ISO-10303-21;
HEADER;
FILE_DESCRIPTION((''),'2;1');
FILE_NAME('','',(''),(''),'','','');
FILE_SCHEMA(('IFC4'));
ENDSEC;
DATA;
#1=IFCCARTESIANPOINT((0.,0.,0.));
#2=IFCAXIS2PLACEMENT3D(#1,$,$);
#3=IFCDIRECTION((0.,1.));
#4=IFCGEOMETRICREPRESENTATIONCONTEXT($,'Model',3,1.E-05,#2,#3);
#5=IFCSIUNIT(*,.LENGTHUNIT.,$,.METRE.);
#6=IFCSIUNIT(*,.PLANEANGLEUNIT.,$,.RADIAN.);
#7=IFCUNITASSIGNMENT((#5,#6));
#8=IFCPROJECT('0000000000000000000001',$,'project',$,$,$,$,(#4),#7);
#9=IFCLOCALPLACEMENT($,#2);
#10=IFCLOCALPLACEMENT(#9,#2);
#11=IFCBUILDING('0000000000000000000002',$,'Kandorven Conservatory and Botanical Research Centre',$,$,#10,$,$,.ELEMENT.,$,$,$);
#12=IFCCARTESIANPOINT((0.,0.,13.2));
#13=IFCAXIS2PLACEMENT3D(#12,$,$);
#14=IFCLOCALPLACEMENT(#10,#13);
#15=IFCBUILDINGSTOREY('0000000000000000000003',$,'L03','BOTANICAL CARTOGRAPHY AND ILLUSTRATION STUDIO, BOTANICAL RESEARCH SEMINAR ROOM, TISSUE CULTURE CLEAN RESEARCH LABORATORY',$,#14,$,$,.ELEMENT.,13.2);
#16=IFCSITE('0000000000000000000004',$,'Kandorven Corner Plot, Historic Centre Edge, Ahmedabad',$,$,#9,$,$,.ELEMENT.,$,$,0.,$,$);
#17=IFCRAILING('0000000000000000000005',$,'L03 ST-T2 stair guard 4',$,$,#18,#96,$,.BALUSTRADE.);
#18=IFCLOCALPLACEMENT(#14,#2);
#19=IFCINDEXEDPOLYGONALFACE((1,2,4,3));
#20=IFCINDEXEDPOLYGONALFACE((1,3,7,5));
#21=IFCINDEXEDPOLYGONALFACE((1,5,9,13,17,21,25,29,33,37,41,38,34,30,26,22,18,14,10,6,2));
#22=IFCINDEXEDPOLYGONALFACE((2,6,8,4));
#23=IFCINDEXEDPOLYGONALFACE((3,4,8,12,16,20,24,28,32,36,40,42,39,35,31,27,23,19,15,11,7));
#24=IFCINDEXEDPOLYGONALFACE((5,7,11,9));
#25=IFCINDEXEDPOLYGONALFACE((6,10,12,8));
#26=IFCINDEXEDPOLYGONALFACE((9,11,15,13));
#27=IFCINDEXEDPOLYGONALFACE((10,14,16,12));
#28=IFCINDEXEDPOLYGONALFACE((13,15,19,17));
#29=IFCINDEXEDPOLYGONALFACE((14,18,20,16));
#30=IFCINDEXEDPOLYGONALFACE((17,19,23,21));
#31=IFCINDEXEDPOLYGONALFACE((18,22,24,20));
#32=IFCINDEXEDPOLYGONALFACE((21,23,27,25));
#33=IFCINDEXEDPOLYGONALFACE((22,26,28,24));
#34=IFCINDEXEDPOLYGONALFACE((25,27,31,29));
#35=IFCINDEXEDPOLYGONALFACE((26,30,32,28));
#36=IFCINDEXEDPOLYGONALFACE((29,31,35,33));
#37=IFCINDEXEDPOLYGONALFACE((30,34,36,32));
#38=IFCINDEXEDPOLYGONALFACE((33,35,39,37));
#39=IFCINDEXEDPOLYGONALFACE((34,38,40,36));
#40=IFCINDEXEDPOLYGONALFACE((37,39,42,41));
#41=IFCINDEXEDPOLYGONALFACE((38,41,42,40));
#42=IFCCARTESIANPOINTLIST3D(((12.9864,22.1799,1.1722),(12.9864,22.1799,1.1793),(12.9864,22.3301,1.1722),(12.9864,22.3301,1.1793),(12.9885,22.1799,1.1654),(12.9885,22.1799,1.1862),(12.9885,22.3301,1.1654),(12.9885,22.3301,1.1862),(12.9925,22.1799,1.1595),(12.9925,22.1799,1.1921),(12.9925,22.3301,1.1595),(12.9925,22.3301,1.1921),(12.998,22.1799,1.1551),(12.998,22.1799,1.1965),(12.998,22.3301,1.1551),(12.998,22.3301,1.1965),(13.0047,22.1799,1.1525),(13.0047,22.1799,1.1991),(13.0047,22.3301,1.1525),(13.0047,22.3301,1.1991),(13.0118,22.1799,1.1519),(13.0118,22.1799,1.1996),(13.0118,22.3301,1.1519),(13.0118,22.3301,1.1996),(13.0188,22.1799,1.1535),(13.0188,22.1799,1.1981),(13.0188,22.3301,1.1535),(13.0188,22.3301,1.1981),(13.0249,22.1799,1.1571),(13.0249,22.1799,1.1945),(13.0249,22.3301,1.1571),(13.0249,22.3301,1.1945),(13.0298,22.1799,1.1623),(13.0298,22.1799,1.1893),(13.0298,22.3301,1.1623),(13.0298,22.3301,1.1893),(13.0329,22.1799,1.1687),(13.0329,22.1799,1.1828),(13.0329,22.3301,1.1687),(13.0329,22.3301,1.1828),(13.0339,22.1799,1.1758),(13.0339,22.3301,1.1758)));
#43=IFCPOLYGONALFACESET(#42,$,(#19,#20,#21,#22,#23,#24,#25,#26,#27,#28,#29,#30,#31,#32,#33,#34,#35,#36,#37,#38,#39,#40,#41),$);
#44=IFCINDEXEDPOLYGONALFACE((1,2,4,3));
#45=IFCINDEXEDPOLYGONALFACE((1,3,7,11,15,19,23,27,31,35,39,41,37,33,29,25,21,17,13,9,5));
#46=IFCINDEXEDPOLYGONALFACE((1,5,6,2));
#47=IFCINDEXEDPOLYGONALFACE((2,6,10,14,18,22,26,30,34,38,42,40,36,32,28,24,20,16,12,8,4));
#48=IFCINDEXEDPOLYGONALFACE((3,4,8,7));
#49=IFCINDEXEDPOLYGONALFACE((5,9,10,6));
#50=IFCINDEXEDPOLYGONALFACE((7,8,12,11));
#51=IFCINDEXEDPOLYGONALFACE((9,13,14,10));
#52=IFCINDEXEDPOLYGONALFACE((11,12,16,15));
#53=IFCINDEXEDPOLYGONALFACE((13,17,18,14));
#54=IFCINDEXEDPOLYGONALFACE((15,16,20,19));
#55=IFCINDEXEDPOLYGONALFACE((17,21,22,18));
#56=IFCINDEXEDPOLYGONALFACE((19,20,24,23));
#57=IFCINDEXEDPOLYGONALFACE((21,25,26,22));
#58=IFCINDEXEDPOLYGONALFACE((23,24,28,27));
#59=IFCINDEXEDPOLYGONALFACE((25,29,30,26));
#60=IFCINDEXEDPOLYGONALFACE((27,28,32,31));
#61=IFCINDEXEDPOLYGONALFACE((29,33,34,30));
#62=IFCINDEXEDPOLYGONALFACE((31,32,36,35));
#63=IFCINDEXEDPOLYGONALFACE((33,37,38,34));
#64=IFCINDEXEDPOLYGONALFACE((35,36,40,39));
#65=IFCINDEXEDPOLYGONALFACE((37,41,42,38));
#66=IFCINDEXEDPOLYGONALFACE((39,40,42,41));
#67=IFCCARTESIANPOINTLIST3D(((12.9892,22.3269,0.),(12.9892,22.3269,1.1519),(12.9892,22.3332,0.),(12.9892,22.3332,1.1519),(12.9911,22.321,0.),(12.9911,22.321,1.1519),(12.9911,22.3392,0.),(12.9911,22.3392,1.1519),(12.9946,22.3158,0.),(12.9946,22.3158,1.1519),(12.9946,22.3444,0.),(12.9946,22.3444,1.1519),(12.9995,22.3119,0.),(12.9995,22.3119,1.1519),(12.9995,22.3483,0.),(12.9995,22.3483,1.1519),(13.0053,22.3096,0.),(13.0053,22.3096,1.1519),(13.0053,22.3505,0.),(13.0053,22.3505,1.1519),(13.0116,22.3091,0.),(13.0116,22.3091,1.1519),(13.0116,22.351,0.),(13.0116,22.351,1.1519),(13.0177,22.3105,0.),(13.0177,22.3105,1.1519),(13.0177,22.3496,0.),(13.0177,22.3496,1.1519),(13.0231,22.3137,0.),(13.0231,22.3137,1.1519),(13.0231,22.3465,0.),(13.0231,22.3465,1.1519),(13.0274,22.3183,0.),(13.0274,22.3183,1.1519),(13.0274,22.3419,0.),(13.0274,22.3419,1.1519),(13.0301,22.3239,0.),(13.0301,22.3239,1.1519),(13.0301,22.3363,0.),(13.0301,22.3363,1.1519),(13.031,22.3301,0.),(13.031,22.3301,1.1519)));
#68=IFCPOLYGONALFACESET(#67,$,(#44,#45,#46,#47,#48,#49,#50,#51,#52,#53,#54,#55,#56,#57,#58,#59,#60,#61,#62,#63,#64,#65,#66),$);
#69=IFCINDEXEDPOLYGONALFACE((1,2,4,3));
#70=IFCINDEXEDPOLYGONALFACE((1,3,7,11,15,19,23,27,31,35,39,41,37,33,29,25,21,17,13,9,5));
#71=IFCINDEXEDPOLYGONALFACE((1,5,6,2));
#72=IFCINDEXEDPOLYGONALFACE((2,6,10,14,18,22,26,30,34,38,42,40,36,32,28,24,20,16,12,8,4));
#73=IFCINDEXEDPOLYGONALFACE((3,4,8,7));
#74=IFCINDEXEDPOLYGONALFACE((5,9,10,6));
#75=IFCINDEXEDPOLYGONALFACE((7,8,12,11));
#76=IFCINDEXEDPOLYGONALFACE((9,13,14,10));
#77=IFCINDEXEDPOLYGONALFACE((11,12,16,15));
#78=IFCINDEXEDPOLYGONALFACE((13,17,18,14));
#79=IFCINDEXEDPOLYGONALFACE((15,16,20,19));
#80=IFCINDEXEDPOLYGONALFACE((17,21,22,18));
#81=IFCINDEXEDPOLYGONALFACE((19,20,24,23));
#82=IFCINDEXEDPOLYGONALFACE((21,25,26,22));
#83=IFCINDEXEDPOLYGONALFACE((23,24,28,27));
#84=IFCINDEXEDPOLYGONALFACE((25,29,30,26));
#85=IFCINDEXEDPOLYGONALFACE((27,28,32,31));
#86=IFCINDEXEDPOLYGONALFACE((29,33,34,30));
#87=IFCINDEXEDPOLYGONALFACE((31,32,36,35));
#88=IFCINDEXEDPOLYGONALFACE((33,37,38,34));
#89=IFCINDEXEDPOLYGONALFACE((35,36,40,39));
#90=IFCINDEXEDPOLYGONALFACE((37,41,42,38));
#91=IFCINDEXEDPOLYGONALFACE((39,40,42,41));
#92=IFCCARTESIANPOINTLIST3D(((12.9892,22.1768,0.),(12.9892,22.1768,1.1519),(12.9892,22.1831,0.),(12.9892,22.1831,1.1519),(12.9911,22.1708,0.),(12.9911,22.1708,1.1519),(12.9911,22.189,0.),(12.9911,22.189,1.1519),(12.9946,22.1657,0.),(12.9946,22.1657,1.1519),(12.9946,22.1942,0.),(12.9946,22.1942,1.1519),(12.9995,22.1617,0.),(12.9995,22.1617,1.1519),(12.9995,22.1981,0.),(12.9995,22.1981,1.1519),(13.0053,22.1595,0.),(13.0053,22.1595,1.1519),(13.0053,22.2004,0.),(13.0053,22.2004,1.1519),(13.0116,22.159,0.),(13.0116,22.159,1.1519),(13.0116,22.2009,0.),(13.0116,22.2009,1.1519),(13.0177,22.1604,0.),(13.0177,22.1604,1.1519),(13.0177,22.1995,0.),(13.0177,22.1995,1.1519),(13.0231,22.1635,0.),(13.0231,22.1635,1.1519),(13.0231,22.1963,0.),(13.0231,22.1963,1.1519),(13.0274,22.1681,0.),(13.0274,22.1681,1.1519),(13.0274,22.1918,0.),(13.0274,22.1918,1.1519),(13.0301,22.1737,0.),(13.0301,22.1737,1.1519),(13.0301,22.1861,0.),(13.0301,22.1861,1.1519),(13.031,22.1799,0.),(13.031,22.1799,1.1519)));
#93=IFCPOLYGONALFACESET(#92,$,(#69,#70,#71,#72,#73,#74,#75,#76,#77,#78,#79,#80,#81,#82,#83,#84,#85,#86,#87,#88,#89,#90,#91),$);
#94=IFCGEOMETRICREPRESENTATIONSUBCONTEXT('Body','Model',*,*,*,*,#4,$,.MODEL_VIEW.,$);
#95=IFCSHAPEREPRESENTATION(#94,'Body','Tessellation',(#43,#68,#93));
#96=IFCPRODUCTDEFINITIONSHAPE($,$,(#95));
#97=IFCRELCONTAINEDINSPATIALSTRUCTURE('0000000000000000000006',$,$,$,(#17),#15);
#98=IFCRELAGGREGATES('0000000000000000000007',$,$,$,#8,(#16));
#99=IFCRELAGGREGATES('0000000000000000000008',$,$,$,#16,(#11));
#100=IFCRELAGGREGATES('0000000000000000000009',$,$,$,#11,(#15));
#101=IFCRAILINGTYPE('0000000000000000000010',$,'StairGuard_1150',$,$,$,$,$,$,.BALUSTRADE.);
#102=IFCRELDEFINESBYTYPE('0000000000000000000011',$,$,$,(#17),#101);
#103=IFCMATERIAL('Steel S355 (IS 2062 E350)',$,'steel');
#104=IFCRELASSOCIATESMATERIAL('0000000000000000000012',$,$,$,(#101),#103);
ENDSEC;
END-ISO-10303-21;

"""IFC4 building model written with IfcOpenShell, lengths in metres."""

from ifc_helpers import new_model, si_unit, direction, frame, origin, origin_2d, place, context, subcontext, project, spatial, circle, extrude, material, type_object, element, save


model = new_model("IFC4")

# Units and contexts
model_context = context("Model", 3, precision=1e-05, world=origin(), true_north=direction((0.0, 1.0)))
body_context = subcontext(model_context, "Body", "Model", "MODEL_VIEW")
ifc_project = project(units=[si_unit("LENGTHUNIT", "METRE"), si_unit("PLANEANGLEUNIT", "RADIAN")], contexts=[model_context])

# Site, building, storey
site_placement = place(None, origin())
site = spatial("IfcSite", under=ifc_project, at=site_placement, Name="Kandorven Corner Plot, Historic Centre Edge, Ahmedabad", CompositionType="ELEMENT", RefElevation=0.0)
building_placement = place(site_placement, origin())
building = spatial("IfcBuilding", under=site, at=building_placement, Name="Kandorven Conservatory and Botanical Research Centre", CompositionType="ELEMENT")
storey_placement = place(building_placement, frame((0.0, 0.0, 13.2)))
storey = spatial("IfcBuildingStorey", under=building, at=storey_placement, Name="L03", Description="BOTANICAL CARTOGRAPHY AND ILLUSTRATION STUDIO, BOTANICAL RESEARCH SEMINAR ROOM, TISSUE CULTURE CLEAN RESEARCH LABORATORY", CompositionType="ELEMENT", Elevation=13.2)

# Railing
ifc_material_1 = material(Name="Steel S355 (IS 2062 E350)", Category="steel")
railing_type_1 = type_object("IfcRailingType", Name="StairGuard_1150", PredefinedType="BALUSTRADE", material=ifc_material_1)
railing_1_placement = place(storey_placement, frame((13.01, 22.3301, 0.0)))
element("IfcRailing", 1, at=railing_1_placement, inside=storey, type_object=railing_type_1, Name="L03 ST-T2 stair guard 4", PredefinedType="BALUSTRADE", context=body_context, shape_type="SweptSolid", body=[
    extrude(circle(Radius=0.0239, at=origin_2d()), frame((0.0, 0.0, 1.1758), z_axis=(0.0, -1.0, 0.0), x_axis=(1.0, 0.0, 0.0)), (0.0, 0.0, 1.0), 0.1501),
    extrude(circle(Radius=0.021, at=origin_2d()), origin(), (0.0, 0.0, 1.0), 1.1519),
    extrude(circle(Radius=0.021, at=origin_2d()), frame((0.0, -0.1501, 0.0)), (0.0, 0.0, 1.0), 1.1519),
])

save(model, "model.ifc")
